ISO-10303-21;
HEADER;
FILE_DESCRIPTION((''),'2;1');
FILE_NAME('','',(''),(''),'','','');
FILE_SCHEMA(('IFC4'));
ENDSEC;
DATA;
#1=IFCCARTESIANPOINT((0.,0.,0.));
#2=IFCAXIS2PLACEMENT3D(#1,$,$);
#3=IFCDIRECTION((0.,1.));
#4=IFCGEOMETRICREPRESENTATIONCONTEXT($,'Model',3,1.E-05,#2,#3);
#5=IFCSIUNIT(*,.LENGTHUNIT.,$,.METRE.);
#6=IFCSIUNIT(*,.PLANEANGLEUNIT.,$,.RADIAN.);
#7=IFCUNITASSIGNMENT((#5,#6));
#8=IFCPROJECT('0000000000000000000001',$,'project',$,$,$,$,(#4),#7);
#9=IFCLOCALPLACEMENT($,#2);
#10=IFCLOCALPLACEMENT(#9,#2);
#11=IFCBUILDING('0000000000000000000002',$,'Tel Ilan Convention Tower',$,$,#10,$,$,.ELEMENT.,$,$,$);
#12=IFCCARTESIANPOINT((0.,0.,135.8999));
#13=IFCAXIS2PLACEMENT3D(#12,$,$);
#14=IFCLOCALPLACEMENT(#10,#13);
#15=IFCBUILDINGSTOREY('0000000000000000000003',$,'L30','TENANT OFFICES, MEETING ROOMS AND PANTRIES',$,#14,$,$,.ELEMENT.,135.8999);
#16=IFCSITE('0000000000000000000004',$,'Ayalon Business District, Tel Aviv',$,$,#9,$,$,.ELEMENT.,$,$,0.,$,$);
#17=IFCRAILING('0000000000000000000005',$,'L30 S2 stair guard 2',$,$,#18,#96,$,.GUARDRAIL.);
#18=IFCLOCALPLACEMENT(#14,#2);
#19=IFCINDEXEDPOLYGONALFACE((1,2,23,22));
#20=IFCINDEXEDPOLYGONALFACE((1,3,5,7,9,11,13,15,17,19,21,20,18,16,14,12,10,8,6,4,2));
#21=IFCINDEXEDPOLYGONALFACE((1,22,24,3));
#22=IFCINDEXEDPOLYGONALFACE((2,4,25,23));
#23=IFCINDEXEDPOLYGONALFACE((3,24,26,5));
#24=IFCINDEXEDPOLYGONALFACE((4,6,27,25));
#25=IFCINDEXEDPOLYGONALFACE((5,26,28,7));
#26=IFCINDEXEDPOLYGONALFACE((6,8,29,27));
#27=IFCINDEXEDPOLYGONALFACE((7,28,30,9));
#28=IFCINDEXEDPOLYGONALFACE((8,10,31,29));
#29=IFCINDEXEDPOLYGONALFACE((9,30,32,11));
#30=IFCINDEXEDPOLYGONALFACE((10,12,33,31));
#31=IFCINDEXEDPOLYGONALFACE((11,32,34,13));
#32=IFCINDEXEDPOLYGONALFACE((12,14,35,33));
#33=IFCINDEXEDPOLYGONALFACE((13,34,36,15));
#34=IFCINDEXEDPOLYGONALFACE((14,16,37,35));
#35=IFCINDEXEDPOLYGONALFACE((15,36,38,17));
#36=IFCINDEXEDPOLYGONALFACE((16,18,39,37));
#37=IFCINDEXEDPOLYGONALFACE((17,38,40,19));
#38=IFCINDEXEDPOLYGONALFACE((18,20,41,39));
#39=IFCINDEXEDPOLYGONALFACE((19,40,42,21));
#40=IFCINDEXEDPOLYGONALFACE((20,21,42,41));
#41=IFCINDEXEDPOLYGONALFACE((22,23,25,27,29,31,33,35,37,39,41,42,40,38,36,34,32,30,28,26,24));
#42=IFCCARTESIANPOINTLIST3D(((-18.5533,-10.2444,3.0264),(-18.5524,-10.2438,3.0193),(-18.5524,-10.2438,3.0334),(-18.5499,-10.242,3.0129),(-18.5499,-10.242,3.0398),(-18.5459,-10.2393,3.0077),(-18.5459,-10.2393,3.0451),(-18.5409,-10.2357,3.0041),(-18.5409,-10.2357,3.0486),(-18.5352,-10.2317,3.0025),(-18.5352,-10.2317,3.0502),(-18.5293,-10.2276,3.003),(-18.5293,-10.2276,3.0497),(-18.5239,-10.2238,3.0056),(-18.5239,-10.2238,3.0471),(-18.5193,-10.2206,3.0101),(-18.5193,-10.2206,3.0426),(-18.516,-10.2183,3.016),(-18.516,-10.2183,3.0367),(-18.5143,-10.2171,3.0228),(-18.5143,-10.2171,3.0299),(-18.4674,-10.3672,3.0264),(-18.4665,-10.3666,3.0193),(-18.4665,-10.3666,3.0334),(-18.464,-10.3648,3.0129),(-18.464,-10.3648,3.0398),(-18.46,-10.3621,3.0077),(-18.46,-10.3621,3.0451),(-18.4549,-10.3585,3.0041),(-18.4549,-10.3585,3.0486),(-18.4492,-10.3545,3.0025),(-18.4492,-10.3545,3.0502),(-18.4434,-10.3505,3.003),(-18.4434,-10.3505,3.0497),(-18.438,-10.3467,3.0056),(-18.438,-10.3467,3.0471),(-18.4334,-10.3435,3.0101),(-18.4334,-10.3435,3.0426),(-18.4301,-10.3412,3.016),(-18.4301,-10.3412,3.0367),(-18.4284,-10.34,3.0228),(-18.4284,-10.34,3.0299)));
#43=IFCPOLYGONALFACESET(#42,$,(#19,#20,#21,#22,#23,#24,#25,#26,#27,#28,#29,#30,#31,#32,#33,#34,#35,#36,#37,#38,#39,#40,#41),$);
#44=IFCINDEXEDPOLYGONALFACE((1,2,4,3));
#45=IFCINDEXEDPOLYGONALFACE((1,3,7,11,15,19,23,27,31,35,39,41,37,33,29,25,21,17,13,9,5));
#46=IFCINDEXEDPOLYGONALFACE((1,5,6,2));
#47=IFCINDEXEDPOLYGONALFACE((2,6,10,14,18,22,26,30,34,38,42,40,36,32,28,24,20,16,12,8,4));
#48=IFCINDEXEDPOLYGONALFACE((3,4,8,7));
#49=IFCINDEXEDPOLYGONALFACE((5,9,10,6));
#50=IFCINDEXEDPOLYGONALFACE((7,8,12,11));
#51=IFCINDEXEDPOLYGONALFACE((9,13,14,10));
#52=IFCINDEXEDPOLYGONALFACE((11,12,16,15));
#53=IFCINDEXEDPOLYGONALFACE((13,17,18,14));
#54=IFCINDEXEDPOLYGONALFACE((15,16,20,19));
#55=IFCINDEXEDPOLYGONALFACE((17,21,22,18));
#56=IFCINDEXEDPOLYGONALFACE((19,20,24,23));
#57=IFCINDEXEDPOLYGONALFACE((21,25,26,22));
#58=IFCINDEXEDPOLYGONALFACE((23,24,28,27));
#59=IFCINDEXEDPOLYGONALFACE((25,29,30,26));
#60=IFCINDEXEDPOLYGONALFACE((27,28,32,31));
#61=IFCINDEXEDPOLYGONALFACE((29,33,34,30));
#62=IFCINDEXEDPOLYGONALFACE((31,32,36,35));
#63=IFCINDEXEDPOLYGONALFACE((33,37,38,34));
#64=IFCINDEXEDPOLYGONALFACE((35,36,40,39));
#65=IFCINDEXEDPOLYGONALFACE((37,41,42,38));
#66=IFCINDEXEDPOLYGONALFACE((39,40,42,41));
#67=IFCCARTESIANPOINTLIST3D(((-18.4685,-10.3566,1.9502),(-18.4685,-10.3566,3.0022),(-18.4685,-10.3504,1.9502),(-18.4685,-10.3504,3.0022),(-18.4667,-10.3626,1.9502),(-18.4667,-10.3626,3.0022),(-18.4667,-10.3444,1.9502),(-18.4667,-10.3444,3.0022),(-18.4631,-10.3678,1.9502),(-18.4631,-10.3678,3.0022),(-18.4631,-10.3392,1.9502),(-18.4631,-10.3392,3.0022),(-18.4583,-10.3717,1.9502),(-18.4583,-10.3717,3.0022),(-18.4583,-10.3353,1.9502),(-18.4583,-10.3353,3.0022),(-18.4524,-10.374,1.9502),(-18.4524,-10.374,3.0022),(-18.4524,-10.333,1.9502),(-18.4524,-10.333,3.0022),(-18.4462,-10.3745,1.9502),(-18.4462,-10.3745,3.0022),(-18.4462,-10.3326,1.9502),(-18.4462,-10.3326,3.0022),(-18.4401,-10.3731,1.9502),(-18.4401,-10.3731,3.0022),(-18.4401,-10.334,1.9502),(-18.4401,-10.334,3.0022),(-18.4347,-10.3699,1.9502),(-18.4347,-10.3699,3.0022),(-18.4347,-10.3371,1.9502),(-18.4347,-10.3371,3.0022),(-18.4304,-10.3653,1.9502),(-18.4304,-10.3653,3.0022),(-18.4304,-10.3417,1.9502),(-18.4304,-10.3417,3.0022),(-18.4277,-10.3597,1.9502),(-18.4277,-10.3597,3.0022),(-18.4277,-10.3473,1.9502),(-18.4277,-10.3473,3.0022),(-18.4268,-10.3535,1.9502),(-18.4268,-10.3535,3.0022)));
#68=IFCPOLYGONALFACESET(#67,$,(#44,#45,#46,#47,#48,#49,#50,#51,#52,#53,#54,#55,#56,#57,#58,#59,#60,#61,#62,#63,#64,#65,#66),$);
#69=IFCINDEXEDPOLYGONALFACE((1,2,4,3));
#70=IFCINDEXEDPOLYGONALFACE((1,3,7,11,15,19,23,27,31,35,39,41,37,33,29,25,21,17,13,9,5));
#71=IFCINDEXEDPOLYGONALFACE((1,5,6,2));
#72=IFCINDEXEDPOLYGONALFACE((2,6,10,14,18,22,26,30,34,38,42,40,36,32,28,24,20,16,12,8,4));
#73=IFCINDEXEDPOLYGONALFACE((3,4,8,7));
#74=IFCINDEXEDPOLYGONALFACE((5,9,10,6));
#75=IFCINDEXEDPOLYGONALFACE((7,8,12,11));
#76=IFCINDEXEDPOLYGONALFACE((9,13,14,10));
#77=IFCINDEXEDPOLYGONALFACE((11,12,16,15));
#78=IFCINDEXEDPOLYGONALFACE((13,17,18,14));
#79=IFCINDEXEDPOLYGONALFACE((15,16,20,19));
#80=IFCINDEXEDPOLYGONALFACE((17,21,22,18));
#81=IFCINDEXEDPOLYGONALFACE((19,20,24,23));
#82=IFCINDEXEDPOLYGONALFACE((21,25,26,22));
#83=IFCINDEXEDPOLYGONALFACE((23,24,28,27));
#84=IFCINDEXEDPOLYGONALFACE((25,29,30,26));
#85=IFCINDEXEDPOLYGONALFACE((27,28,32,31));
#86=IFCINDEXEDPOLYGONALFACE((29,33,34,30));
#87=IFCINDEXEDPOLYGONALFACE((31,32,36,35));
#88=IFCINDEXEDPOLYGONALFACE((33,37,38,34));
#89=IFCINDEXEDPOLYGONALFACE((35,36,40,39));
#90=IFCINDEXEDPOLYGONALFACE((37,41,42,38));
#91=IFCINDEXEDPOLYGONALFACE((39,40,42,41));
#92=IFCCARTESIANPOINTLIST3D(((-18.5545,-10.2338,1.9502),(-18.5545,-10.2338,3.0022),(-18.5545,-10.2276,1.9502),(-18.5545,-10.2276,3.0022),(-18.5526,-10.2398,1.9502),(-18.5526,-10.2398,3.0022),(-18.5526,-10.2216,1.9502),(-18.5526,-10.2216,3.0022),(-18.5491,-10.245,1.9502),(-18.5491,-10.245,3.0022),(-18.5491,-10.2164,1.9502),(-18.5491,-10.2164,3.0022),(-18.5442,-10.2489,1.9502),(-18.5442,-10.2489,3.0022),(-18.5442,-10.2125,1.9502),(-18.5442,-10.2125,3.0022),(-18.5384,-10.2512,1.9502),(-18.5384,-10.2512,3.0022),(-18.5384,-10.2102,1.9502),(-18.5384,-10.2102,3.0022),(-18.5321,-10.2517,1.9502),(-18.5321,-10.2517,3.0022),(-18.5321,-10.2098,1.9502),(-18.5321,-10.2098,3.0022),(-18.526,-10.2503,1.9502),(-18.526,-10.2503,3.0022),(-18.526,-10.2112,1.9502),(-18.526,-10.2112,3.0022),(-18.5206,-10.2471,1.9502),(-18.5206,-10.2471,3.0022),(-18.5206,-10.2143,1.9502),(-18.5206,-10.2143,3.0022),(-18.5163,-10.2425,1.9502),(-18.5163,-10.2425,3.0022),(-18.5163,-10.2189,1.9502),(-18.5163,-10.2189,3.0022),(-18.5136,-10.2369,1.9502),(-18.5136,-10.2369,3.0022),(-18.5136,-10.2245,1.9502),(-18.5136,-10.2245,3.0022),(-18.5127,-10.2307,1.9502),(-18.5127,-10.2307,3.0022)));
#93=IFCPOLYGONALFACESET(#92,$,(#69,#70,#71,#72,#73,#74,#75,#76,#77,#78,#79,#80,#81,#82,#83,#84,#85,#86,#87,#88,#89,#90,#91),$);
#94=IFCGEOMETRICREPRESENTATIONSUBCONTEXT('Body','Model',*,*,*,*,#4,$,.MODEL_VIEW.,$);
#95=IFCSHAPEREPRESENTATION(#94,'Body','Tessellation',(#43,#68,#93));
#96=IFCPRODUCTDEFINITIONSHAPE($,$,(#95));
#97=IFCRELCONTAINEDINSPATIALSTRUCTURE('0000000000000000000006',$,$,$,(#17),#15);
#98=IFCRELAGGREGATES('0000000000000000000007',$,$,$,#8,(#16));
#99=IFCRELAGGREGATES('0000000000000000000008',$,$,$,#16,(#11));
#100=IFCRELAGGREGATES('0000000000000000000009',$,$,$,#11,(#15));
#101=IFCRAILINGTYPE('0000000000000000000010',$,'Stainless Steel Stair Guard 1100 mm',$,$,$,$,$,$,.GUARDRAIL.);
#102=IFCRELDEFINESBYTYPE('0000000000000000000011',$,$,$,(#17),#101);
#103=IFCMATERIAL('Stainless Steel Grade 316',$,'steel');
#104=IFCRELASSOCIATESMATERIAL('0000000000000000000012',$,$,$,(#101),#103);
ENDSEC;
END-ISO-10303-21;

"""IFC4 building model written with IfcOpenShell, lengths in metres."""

from ifc_helpers import new_model, si_unit, direction, frame, origin, origin_2d, place, context, subcontext, project, spatial, circle, extrude, material, type_object, element, save


model = new_model("IFC4")

# Units and contexts
model_context = context("Model", 3, precision=1e-05, world=origin(), true_north=direction((0.0, 1.0)))
body_context = subcontext(model_context, "Body", "Model", "MODEL_VIEW")
ifc_project = project(units=[si_unit("LENGTHUNIT", "METRE"), si_unit("PLANEANGLEUNIT", "RADIAN")], contexts=[model_context])

# Site, building, storey
site_placement = place(None, origin())
site = spatial("IfcSite", under=ifc_project, at=site_placement, Name="Ayalon Business District, Tel Aviv", CompositionType="ELEMENT", RefElevation=0.0)
building_placement = place(site_placement, origin())
building = spatial("IfcBuilding", under=site, at=building_placement, Name="Tel Ilan Convention Tower", CompositionType="ELEMENT")
storey_placement = place(building_placement, frame((0.0, 0.0, 135.8999)))
storey = spatial("IfcBuildingStorey", under=building, at=storey_placement, Name="L30", Description="TENANT OFFICES, MEETING ROOMS AND PANTRIES", CompositionType="ELEMENT", Elevation=135.8999)

# Railing
ifc_material_1 = material(Name="Stainless Steel Grade 316", Category="steel")
railing_type_1 = type_object("IfcRailingType", Name="Stainless Steel Stair Guard 1100 mm", PredefinedType="GUARDRAIL", material=ifc_material_1)
railing_1_placement = place(storey_placement, frame((-18.4478, -10.3535, 1.9502)))
element("IfcRailing", 1, at=railing_1_placement, inside=storey, type_object=railing_type_1, Name="L30 S2 stair guard 2", PredefinedType="GUARDRAIL", context=body_context, shape_type="SweptSolid", body=[
    extrude(circle(Radius=0.0239, at=origin_2d()), frame((0.0, 0.0, 1.0762), z_axis=(-0.573353, 0.819308, 0.0), x_axis=(-0.819308, -0.573353, 0.0)), (0.0, 0.0, 1.0), 0.1499),
    extrude(circle(Radius=0.021, at=origin_2d()), origin(), (0.0, 0.0, 1.0), 1.052),
    extrude(circle(Radius=0.021, at=origin_2d()), frame((-0.0859, 0.1228, 0.0)), (0.0, 0.0, 1.0), 1.052),
])

save(model, "model.ifc")
